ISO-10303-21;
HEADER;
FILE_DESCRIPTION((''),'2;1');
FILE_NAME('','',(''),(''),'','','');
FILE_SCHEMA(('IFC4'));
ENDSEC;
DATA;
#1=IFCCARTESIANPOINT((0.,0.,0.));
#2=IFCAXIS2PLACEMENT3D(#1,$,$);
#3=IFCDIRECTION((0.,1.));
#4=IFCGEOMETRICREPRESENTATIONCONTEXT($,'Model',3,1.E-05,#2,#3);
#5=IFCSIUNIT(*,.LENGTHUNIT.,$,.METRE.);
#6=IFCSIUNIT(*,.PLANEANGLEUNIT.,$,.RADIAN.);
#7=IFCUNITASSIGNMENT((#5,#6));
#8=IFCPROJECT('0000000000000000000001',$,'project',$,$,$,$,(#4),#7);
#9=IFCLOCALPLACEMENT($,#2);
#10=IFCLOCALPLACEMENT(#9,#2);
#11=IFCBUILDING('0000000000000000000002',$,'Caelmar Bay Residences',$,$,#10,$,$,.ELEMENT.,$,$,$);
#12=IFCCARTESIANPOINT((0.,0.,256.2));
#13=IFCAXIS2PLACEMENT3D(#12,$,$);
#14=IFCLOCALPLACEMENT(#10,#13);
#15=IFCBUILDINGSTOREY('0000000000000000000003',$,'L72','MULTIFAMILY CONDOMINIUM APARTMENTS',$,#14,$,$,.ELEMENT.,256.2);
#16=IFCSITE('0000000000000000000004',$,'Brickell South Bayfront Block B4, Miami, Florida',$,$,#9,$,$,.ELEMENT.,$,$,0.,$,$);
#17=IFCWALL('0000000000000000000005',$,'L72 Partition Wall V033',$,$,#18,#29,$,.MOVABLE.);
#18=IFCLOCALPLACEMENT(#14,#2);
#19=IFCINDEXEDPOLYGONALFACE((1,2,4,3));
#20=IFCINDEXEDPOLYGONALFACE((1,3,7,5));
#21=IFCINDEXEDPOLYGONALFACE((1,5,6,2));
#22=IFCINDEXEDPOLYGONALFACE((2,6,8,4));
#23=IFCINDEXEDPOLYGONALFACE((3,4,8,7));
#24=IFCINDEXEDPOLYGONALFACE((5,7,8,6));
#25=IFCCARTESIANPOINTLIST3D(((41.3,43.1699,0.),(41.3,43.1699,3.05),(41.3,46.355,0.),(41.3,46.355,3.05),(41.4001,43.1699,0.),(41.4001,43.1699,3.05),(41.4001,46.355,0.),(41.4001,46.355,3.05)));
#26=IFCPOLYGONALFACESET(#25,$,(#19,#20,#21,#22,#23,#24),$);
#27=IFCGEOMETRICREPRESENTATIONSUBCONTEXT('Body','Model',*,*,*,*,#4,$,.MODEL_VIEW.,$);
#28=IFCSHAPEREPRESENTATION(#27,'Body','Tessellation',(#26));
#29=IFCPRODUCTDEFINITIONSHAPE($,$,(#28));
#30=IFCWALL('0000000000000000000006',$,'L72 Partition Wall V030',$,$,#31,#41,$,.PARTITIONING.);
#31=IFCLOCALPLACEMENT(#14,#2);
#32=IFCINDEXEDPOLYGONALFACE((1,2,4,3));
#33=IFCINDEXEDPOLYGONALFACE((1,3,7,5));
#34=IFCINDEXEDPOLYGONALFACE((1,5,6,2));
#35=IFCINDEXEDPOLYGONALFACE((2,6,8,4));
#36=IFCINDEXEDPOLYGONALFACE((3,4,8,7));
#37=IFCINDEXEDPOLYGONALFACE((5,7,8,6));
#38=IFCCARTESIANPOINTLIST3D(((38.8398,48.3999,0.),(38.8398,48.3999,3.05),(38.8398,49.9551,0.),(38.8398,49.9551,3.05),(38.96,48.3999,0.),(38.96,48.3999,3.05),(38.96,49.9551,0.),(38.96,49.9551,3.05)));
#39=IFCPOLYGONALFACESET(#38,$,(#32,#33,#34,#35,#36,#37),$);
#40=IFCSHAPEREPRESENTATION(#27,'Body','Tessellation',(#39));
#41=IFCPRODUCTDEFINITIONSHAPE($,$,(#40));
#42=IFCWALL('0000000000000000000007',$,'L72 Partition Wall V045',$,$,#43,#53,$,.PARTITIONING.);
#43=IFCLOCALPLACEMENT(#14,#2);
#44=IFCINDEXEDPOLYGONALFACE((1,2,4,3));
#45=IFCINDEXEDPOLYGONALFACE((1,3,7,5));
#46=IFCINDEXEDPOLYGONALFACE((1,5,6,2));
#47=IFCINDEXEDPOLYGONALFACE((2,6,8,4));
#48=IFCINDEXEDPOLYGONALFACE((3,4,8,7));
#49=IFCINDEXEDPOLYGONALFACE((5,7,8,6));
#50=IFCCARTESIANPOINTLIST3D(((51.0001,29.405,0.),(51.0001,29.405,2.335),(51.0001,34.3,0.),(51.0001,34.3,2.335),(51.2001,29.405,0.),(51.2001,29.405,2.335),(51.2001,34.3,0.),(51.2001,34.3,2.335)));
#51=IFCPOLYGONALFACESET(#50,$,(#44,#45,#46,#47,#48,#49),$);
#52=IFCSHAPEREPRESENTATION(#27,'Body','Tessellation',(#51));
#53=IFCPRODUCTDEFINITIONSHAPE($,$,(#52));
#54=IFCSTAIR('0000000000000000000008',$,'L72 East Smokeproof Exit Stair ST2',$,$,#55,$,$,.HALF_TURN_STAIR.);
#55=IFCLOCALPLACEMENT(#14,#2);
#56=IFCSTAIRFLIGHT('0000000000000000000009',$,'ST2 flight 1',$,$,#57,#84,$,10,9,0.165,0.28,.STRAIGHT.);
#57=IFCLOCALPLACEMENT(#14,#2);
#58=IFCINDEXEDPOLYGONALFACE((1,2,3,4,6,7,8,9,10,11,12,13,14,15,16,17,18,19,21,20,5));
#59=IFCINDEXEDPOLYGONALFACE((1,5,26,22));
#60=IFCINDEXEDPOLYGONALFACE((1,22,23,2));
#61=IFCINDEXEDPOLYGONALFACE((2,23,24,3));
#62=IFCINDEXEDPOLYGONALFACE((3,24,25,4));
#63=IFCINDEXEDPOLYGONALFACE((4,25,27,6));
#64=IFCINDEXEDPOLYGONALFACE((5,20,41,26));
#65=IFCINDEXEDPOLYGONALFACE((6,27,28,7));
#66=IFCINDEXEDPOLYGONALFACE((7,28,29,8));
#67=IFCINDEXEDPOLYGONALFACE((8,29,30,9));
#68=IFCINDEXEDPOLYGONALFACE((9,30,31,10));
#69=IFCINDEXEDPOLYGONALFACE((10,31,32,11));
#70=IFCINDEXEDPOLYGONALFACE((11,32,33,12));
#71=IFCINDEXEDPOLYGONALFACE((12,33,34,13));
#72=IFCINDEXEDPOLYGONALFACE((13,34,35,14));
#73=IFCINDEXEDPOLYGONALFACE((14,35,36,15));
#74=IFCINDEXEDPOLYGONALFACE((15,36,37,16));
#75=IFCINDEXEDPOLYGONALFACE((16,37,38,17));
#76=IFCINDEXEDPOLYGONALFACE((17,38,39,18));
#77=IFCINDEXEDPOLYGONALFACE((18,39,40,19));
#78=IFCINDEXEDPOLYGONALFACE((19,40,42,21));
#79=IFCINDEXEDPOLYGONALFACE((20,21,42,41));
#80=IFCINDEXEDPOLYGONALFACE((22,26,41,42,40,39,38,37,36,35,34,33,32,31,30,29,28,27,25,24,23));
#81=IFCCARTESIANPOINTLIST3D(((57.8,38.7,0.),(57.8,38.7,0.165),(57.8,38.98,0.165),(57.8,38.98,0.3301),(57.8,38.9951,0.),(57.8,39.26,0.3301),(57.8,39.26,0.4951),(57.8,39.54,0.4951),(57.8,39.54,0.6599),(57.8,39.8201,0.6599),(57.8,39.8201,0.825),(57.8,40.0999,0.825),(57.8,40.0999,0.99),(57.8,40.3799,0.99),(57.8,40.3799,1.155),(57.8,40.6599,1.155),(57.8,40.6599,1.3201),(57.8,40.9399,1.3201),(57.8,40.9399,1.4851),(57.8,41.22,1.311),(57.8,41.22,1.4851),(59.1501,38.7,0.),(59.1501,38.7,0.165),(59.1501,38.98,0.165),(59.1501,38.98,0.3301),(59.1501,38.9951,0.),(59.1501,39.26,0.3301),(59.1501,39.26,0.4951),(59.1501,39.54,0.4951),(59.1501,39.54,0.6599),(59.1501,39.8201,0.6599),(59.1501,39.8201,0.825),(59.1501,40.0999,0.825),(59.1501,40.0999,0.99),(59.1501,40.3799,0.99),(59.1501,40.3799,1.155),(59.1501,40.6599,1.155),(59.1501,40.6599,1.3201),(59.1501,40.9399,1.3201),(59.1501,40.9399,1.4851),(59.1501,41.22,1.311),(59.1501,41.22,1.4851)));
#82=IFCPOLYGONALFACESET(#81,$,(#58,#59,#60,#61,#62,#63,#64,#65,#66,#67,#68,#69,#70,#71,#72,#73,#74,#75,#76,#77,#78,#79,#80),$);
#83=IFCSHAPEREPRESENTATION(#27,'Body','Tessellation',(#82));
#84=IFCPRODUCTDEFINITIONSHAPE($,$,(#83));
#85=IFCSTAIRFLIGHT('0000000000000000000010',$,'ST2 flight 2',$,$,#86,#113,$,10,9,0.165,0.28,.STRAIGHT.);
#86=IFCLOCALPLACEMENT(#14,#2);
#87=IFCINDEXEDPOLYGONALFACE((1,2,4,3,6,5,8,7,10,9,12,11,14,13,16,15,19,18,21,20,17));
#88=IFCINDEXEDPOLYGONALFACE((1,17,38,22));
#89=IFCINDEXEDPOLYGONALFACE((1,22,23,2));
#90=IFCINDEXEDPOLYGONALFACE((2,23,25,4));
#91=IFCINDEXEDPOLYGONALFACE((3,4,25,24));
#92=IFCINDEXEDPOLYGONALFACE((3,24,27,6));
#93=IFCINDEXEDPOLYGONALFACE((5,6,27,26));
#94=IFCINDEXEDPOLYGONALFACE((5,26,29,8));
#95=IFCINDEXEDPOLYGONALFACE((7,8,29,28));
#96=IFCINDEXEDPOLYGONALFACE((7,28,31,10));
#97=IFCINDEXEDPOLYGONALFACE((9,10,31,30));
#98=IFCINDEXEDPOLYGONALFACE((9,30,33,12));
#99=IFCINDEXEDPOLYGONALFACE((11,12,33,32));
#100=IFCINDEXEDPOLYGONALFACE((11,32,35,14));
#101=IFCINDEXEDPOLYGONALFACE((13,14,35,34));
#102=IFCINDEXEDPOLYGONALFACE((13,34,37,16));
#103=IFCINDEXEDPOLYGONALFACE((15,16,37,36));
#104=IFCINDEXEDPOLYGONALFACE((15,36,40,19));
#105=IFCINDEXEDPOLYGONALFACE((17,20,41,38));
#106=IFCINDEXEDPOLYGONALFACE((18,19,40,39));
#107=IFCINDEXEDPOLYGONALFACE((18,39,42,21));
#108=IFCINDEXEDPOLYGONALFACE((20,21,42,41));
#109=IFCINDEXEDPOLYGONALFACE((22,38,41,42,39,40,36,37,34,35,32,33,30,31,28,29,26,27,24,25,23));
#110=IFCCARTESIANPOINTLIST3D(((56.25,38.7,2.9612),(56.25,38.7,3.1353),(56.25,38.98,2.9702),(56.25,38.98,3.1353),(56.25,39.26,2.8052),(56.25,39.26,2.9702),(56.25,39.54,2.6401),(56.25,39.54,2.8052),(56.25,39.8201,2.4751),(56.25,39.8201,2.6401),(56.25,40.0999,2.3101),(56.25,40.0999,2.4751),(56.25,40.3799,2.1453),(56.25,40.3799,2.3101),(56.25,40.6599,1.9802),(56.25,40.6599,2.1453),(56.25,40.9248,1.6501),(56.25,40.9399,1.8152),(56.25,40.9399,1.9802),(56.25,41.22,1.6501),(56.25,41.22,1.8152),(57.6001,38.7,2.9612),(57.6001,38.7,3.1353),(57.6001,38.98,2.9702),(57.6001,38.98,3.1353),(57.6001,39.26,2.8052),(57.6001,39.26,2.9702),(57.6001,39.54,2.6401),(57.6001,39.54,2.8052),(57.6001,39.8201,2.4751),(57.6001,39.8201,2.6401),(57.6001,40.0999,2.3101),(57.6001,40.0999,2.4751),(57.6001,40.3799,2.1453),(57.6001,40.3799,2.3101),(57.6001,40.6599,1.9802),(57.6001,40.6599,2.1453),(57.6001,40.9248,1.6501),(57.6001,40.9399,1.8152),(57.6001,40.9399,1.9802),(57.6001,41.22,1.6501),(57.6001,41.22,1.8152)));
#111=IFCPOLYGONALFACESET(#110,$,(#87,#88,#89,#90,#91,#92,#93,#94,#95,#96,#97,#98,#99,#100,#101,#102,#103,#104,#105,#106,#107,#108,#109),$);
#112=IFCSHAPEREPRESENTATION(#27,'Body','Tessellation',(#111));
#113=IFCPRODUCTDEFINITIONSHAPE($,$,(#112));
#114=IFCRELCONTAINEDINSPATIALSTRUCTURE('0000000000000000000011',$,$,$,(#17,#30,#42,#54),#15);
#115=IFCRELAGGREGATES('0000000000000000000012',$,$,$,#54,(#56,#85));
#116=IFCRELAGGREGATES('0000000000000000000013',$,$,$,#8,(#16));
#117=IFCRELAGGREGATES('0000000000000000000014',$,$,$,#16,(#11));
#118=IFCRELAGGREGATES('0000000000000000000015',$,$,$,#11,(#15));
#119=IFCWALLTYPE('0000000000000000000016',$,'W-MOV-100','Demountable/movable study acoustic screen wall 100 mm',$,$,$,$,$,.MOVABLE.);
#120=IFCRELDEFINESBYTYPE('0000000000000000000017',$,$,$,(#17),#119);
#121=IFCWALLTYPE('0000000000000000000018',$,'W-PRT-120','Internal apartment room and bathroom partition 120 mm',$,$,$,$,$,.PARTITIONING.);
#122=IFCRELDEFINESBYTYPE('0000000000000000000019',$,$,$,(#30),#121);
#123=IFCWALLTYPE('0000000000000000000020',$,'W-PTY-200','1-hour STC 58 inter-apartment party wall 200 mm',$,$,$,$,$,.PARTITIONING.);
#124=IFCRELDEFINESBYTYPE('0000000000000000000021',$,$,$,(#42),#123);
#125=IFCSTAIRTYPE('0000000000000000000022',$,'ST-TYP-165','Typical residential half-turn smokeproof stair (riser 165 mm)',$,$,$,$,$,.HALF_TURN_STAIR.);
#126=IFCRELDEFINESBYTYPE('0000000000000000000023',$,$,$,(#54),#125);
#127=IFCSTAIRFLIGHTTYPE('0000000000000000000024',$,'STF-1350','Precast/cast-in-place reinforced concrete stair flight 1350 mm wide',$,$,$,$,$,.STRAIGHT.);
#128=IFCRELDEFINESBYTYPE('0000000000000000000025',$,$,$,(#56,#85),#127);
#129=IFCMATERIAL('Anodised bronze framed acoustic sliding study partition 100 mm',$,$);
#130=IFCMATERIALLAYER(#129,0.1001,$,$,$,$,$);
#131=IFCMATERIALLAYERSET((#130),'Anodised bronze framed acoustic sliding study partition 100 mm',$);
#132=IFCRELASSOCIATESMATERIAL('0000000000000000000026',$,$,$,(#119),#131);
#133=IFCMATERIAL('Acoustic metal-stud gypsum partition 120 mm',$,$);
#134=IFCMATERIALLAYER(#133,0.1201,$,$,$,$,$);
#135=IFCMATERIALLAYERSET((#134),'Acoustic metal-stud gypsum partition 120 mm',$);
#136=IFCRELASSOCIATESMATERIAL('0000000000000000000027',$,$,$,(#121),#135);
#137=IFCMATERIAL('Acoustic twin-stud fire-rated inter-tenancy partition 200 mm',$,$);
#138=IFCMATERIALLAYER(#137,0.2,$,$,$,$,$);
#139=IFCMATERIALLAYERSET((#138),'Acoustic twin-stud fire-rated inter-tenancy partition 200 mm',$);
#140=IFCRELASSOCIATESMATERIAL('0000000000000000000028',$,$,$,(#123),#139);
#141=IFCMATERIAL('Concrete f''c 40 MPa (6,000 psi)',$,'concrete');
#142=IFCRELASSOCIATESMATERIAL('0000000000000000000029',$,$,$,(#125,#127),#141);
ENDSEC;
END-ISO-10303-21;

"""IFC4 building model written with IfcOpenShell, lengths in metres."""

from ifc_helpers import new_model, si_unit, direction, frame, frame_2d, origin, place, context, subcontext, project, spatial, polyline, rectangle, outline, extrude, material, layer, layer_set, type_object, element, aggregate, save


model = new_model("IFC4")

# Units and contexts
model_context = context("Model", 3, precision=1e-05, world=origin(), true_north=direction((0.0, 1.0)))
body_context = subcontext(model_context, "Body", "Model", "MODEL_VIEW")
ifc_project = project(units=[si_unit("LENGTHUNIT", "METRE"), si_unit("PLANEANGLEUNIT", "RADIAN")], contexts=[model_context])

# Site, building, storey
site_placement = place(None, origin())
site = spatial("IfcSite", under=ifc_project, at=site_placement, Name="Brickell South Bayfront Block B4, Miami, Florida", CompositionType="ELEMENT", RefElevation=0.0)
building_placement = place(site_placement, origin())
building = spatial("IfcBuilding", under=site, at=building_placement, Name="Caelmar Bay Residences", CompositionType="ELEMENT")
storey_placement = place(building_placement, frame((0.0, 0.0, 256.2)))
storey = spatial("IfcBuildingStorey", under=building, at=storey_placement, Name="L72", Description="MULTIFAMILY CONDOMINIUM APARTMENTS", CompositionType="ELEMENT", Elevation=256.2)

# Walls
ifc_material_1 = material(Name="Anodised bronze framed acoustic sliding study partition 100 mm")
ifc_layer_1 = layer(ifc_material_1, 0.1001)
ifc_layer_set_1 = layer_set([ifc_layer_1], Name="Anodised bronze framed acoustic sliding study partition 100 mm")
wall_type_1 = type_object("IfcWallType", Name="W-MOV-100", Description="Demountable/movable study acoustic screen wall 100 mm", PredefinedType="MOVABLE", material=ifc_layer_set_1)
wall_1_placement = place(storey_placement, frame((41.3501, 43.1699, 0.0), z_axis=(0.0, 0.0, 1.0), x_axis=(0.0, 1.0, 0.0)))
element("IfcWall", 1, at=wall_1_placement, inside=storey, type_object=wall_type_1, Name="L72 Partition Wall V033", PredefinedType="MOVABLE", context=body_context, shape_type="SweptSolid", body=[
    extrude(rectangle(XDim=3.1851, YDim=0.1001, at=frame_2d((1.5925, 0.0))), origin(), (0.0, 0.0, 1.0), 3.05),
])
ifc_material_2 = material(Name="Acoustic metal-stud gypsum partition 120 mm")
ifc_layer_2 = layer(ifc_material_2, 0.1201)
ifc_layer_set_2 = layer_set([ifc_layer_2], Name="Acoustic metal-stud gypsum partition 120 mm")
wall_type_2 = type_object("IfcWallType", Name="W-PRT-120", Description="Internal apartment room and bathroom partition 120 mm", PredefinedType="PARTITIONING", material=ifc_layer_set_2)
wall_2_placement = place(storey_placement, frame((38.8999, 48.3999, 0.0), z_axis=(0.0, 0.0, 1.0), x_axis=(0.0, 1.0, 0.0)))
element("IfcWall", 2, at=wall_2_placement, inside=storey, type_object=wall_type_2, Name="L72 Partition Wall V030", PredefinedType="PARTITIONING", context=body_context, shape_type="SweptSolid", body=[
    extrude(rectangle(XDim=1.5552, YDim=0.1201, at=frame_2d((0.7776, 0.0))), origin(), (0.0, 0.0, 1.0), 3.05),
])
ifc_material_3 = material(Name="Acoustic twin-stud fire-rated inter-tenancy partition 200 mm")
ifc_layer_3 = layer(ifc_material_3, 0.2)
ifc_layer_set_3 = layer_set([ifc_layer_3], Name="Acoustic twin-stud fire-rated inter-tenancy partition 200 mm")
wall_type_3 = type_object("IfcWallType", Name="W-PTY-200", Description="1-hour STC 58 inter-apartment party wall 200 mm", PredefinedType="PARTITIONING", material=ifc_layer_set_3)
wall_3_placement = place(storey_placement, frame((51.1001, 29.405, 0.0), z_axis=(0.0, 0.0, 1.0), x_axis=(0.0, 1.0, 0.0)))
element("IfcWall", 3, at=wall_3_placement, inside=storey, type_object=wall_type_3, Name="L72 Partition Wall V045", PredefinedType="PARTITIONING", context=body_context, shape_type="SweptSolid", body=[
    extrude(rectangle(XDim=4.895, YDim=0.2, at=frame_2d((2.4475, 0.0))), origin(), (0.0, 0.0, 1.0), 2.335),
])

# Stair, stair flights
ifc_material_4 = material(Name="Concrete f'c 40 MPa (6,000 psi)", Category="concrete")
stair_type = type_object("IfcStairType", Name="ST-TYP-165", Description="Typical residential half-turn smokeproof stair (riser 165 mm)", PredefinedType="HALF_TURN_STAIR", material=ifc_material_4)
stair_placement = place(storey_placement, origin())
stair = element("IfcStair", 4, at=stair_placement, inside=storey, type_object=stair_type, Name="L72 East Smokeproof Exit Stair ST2", PredefinedType="HALF_TURN_STAIR")
stair_flight_type = type_object("IfcStairFlightType", Name="STF-1350", Description="Precast/cast-in-place reinforced concrete stair flight 1350 mm wide", PredefinedType="STRAIGHT", material=ifc_material_4)
stair_flight_1_placement = place(storey_placement, frame((58.4751, 38.7, 0.0), z_axis=(0.0, 0.0, 1.0), x_axis=(0.0, 1.0, 0.0)))
stair_flight_1 = element("IfcStairFlight", 5, at=stair_flight_1_placement, type_object=stair_flight_type, Name="ST2 flight 1", NumberOfRisers=10, NumberOfTreads=9, PredefinedType="STRAIGHT", RiserHeight=0.165, TreadLength=0.28, context=body_context, shape_type="SweptSolid", body=[
    extrude(outline(polyline([(0.0, 0.0), (0.0, 0.165), (0.28, 0.165), (0.28, 0.3301), (0.5601, 0.3301), (0.5601, 0.4951), (0.8401, 0.4951), (0.8401, 0.6599), (1.1201, 0.6599), (1.1201, 0.825), (1.3999, 0.825), (1.3999, 0.99), (1.6799, 0.99), (1.6799, 1.155), (1.96, 1.155), (1.96, 1.3201), (2.24, 1.3201), (2.24, 1.4851), (2.52, 1.4851), (2.52, 1.6499), (2.52, 1.311), (0.2952, 0.0), (0.0, 0.0)])), frame((0.0, 0.675, 0.0), z_axis=(0.0, -1.0, 0.0), x_axis=(1.0, 0.0, 0.0)), (0.0, 0.0, 1.0), 1.3501),
])
stair_flight_2_placement = place(storey_placement, frame((56.925, 41.22, 1.6501), z_axis=(0.0, 0.0, 1.0), x_axis=(0.0, -1.0, 0.0)))
stair_flight_2 = element("IfcStairFlight", 6, at=stair_flight_2_placement, type_object=stair_flight_type, Name="ST2 flight 2", NumberOfRisers=10, NumberOfTreads=9, PredefinedType="STRAIGHT", RiserHeight=0.165, TreadLength=0.28, context=body_context, shape_type="SweptSolid", body=[
    extrude(outline(polyline([(0.0, 0.0), (0.0, 0.165), (0.28, 0.165), (0.28, 0.3301), (0.5601, 0.3301), (0.5601, 0.4951), (0.8401, 0.4951), (0.8401, 0.6599), (1.1201, 0.6599), (1.1201, 0.825), (1.3999, 0.825), (1.3999, 0.99), (1.6799, 0.99), (1.6799, 1.155), (1.96, 1.155), (1.96, 1.3201), (2.24, 1.3201), (2.24, 1.4851), (2.52, 1.4851), (2.52, 1.6499), (2.52, 1.311), (0.2952, 0.0), (0.0, 0.0)])), frame((0.0, 0.675, 0.0), z_axis=(0.0, -1.0, 0.0), x_axis=(1.0, 0.0, 0.0)), (0.0, 0.0, 1.0), 1.3501),
])
aggregate(stair, [stair_flight_1, stair_flight_2])

save(model, "model.ifc")
